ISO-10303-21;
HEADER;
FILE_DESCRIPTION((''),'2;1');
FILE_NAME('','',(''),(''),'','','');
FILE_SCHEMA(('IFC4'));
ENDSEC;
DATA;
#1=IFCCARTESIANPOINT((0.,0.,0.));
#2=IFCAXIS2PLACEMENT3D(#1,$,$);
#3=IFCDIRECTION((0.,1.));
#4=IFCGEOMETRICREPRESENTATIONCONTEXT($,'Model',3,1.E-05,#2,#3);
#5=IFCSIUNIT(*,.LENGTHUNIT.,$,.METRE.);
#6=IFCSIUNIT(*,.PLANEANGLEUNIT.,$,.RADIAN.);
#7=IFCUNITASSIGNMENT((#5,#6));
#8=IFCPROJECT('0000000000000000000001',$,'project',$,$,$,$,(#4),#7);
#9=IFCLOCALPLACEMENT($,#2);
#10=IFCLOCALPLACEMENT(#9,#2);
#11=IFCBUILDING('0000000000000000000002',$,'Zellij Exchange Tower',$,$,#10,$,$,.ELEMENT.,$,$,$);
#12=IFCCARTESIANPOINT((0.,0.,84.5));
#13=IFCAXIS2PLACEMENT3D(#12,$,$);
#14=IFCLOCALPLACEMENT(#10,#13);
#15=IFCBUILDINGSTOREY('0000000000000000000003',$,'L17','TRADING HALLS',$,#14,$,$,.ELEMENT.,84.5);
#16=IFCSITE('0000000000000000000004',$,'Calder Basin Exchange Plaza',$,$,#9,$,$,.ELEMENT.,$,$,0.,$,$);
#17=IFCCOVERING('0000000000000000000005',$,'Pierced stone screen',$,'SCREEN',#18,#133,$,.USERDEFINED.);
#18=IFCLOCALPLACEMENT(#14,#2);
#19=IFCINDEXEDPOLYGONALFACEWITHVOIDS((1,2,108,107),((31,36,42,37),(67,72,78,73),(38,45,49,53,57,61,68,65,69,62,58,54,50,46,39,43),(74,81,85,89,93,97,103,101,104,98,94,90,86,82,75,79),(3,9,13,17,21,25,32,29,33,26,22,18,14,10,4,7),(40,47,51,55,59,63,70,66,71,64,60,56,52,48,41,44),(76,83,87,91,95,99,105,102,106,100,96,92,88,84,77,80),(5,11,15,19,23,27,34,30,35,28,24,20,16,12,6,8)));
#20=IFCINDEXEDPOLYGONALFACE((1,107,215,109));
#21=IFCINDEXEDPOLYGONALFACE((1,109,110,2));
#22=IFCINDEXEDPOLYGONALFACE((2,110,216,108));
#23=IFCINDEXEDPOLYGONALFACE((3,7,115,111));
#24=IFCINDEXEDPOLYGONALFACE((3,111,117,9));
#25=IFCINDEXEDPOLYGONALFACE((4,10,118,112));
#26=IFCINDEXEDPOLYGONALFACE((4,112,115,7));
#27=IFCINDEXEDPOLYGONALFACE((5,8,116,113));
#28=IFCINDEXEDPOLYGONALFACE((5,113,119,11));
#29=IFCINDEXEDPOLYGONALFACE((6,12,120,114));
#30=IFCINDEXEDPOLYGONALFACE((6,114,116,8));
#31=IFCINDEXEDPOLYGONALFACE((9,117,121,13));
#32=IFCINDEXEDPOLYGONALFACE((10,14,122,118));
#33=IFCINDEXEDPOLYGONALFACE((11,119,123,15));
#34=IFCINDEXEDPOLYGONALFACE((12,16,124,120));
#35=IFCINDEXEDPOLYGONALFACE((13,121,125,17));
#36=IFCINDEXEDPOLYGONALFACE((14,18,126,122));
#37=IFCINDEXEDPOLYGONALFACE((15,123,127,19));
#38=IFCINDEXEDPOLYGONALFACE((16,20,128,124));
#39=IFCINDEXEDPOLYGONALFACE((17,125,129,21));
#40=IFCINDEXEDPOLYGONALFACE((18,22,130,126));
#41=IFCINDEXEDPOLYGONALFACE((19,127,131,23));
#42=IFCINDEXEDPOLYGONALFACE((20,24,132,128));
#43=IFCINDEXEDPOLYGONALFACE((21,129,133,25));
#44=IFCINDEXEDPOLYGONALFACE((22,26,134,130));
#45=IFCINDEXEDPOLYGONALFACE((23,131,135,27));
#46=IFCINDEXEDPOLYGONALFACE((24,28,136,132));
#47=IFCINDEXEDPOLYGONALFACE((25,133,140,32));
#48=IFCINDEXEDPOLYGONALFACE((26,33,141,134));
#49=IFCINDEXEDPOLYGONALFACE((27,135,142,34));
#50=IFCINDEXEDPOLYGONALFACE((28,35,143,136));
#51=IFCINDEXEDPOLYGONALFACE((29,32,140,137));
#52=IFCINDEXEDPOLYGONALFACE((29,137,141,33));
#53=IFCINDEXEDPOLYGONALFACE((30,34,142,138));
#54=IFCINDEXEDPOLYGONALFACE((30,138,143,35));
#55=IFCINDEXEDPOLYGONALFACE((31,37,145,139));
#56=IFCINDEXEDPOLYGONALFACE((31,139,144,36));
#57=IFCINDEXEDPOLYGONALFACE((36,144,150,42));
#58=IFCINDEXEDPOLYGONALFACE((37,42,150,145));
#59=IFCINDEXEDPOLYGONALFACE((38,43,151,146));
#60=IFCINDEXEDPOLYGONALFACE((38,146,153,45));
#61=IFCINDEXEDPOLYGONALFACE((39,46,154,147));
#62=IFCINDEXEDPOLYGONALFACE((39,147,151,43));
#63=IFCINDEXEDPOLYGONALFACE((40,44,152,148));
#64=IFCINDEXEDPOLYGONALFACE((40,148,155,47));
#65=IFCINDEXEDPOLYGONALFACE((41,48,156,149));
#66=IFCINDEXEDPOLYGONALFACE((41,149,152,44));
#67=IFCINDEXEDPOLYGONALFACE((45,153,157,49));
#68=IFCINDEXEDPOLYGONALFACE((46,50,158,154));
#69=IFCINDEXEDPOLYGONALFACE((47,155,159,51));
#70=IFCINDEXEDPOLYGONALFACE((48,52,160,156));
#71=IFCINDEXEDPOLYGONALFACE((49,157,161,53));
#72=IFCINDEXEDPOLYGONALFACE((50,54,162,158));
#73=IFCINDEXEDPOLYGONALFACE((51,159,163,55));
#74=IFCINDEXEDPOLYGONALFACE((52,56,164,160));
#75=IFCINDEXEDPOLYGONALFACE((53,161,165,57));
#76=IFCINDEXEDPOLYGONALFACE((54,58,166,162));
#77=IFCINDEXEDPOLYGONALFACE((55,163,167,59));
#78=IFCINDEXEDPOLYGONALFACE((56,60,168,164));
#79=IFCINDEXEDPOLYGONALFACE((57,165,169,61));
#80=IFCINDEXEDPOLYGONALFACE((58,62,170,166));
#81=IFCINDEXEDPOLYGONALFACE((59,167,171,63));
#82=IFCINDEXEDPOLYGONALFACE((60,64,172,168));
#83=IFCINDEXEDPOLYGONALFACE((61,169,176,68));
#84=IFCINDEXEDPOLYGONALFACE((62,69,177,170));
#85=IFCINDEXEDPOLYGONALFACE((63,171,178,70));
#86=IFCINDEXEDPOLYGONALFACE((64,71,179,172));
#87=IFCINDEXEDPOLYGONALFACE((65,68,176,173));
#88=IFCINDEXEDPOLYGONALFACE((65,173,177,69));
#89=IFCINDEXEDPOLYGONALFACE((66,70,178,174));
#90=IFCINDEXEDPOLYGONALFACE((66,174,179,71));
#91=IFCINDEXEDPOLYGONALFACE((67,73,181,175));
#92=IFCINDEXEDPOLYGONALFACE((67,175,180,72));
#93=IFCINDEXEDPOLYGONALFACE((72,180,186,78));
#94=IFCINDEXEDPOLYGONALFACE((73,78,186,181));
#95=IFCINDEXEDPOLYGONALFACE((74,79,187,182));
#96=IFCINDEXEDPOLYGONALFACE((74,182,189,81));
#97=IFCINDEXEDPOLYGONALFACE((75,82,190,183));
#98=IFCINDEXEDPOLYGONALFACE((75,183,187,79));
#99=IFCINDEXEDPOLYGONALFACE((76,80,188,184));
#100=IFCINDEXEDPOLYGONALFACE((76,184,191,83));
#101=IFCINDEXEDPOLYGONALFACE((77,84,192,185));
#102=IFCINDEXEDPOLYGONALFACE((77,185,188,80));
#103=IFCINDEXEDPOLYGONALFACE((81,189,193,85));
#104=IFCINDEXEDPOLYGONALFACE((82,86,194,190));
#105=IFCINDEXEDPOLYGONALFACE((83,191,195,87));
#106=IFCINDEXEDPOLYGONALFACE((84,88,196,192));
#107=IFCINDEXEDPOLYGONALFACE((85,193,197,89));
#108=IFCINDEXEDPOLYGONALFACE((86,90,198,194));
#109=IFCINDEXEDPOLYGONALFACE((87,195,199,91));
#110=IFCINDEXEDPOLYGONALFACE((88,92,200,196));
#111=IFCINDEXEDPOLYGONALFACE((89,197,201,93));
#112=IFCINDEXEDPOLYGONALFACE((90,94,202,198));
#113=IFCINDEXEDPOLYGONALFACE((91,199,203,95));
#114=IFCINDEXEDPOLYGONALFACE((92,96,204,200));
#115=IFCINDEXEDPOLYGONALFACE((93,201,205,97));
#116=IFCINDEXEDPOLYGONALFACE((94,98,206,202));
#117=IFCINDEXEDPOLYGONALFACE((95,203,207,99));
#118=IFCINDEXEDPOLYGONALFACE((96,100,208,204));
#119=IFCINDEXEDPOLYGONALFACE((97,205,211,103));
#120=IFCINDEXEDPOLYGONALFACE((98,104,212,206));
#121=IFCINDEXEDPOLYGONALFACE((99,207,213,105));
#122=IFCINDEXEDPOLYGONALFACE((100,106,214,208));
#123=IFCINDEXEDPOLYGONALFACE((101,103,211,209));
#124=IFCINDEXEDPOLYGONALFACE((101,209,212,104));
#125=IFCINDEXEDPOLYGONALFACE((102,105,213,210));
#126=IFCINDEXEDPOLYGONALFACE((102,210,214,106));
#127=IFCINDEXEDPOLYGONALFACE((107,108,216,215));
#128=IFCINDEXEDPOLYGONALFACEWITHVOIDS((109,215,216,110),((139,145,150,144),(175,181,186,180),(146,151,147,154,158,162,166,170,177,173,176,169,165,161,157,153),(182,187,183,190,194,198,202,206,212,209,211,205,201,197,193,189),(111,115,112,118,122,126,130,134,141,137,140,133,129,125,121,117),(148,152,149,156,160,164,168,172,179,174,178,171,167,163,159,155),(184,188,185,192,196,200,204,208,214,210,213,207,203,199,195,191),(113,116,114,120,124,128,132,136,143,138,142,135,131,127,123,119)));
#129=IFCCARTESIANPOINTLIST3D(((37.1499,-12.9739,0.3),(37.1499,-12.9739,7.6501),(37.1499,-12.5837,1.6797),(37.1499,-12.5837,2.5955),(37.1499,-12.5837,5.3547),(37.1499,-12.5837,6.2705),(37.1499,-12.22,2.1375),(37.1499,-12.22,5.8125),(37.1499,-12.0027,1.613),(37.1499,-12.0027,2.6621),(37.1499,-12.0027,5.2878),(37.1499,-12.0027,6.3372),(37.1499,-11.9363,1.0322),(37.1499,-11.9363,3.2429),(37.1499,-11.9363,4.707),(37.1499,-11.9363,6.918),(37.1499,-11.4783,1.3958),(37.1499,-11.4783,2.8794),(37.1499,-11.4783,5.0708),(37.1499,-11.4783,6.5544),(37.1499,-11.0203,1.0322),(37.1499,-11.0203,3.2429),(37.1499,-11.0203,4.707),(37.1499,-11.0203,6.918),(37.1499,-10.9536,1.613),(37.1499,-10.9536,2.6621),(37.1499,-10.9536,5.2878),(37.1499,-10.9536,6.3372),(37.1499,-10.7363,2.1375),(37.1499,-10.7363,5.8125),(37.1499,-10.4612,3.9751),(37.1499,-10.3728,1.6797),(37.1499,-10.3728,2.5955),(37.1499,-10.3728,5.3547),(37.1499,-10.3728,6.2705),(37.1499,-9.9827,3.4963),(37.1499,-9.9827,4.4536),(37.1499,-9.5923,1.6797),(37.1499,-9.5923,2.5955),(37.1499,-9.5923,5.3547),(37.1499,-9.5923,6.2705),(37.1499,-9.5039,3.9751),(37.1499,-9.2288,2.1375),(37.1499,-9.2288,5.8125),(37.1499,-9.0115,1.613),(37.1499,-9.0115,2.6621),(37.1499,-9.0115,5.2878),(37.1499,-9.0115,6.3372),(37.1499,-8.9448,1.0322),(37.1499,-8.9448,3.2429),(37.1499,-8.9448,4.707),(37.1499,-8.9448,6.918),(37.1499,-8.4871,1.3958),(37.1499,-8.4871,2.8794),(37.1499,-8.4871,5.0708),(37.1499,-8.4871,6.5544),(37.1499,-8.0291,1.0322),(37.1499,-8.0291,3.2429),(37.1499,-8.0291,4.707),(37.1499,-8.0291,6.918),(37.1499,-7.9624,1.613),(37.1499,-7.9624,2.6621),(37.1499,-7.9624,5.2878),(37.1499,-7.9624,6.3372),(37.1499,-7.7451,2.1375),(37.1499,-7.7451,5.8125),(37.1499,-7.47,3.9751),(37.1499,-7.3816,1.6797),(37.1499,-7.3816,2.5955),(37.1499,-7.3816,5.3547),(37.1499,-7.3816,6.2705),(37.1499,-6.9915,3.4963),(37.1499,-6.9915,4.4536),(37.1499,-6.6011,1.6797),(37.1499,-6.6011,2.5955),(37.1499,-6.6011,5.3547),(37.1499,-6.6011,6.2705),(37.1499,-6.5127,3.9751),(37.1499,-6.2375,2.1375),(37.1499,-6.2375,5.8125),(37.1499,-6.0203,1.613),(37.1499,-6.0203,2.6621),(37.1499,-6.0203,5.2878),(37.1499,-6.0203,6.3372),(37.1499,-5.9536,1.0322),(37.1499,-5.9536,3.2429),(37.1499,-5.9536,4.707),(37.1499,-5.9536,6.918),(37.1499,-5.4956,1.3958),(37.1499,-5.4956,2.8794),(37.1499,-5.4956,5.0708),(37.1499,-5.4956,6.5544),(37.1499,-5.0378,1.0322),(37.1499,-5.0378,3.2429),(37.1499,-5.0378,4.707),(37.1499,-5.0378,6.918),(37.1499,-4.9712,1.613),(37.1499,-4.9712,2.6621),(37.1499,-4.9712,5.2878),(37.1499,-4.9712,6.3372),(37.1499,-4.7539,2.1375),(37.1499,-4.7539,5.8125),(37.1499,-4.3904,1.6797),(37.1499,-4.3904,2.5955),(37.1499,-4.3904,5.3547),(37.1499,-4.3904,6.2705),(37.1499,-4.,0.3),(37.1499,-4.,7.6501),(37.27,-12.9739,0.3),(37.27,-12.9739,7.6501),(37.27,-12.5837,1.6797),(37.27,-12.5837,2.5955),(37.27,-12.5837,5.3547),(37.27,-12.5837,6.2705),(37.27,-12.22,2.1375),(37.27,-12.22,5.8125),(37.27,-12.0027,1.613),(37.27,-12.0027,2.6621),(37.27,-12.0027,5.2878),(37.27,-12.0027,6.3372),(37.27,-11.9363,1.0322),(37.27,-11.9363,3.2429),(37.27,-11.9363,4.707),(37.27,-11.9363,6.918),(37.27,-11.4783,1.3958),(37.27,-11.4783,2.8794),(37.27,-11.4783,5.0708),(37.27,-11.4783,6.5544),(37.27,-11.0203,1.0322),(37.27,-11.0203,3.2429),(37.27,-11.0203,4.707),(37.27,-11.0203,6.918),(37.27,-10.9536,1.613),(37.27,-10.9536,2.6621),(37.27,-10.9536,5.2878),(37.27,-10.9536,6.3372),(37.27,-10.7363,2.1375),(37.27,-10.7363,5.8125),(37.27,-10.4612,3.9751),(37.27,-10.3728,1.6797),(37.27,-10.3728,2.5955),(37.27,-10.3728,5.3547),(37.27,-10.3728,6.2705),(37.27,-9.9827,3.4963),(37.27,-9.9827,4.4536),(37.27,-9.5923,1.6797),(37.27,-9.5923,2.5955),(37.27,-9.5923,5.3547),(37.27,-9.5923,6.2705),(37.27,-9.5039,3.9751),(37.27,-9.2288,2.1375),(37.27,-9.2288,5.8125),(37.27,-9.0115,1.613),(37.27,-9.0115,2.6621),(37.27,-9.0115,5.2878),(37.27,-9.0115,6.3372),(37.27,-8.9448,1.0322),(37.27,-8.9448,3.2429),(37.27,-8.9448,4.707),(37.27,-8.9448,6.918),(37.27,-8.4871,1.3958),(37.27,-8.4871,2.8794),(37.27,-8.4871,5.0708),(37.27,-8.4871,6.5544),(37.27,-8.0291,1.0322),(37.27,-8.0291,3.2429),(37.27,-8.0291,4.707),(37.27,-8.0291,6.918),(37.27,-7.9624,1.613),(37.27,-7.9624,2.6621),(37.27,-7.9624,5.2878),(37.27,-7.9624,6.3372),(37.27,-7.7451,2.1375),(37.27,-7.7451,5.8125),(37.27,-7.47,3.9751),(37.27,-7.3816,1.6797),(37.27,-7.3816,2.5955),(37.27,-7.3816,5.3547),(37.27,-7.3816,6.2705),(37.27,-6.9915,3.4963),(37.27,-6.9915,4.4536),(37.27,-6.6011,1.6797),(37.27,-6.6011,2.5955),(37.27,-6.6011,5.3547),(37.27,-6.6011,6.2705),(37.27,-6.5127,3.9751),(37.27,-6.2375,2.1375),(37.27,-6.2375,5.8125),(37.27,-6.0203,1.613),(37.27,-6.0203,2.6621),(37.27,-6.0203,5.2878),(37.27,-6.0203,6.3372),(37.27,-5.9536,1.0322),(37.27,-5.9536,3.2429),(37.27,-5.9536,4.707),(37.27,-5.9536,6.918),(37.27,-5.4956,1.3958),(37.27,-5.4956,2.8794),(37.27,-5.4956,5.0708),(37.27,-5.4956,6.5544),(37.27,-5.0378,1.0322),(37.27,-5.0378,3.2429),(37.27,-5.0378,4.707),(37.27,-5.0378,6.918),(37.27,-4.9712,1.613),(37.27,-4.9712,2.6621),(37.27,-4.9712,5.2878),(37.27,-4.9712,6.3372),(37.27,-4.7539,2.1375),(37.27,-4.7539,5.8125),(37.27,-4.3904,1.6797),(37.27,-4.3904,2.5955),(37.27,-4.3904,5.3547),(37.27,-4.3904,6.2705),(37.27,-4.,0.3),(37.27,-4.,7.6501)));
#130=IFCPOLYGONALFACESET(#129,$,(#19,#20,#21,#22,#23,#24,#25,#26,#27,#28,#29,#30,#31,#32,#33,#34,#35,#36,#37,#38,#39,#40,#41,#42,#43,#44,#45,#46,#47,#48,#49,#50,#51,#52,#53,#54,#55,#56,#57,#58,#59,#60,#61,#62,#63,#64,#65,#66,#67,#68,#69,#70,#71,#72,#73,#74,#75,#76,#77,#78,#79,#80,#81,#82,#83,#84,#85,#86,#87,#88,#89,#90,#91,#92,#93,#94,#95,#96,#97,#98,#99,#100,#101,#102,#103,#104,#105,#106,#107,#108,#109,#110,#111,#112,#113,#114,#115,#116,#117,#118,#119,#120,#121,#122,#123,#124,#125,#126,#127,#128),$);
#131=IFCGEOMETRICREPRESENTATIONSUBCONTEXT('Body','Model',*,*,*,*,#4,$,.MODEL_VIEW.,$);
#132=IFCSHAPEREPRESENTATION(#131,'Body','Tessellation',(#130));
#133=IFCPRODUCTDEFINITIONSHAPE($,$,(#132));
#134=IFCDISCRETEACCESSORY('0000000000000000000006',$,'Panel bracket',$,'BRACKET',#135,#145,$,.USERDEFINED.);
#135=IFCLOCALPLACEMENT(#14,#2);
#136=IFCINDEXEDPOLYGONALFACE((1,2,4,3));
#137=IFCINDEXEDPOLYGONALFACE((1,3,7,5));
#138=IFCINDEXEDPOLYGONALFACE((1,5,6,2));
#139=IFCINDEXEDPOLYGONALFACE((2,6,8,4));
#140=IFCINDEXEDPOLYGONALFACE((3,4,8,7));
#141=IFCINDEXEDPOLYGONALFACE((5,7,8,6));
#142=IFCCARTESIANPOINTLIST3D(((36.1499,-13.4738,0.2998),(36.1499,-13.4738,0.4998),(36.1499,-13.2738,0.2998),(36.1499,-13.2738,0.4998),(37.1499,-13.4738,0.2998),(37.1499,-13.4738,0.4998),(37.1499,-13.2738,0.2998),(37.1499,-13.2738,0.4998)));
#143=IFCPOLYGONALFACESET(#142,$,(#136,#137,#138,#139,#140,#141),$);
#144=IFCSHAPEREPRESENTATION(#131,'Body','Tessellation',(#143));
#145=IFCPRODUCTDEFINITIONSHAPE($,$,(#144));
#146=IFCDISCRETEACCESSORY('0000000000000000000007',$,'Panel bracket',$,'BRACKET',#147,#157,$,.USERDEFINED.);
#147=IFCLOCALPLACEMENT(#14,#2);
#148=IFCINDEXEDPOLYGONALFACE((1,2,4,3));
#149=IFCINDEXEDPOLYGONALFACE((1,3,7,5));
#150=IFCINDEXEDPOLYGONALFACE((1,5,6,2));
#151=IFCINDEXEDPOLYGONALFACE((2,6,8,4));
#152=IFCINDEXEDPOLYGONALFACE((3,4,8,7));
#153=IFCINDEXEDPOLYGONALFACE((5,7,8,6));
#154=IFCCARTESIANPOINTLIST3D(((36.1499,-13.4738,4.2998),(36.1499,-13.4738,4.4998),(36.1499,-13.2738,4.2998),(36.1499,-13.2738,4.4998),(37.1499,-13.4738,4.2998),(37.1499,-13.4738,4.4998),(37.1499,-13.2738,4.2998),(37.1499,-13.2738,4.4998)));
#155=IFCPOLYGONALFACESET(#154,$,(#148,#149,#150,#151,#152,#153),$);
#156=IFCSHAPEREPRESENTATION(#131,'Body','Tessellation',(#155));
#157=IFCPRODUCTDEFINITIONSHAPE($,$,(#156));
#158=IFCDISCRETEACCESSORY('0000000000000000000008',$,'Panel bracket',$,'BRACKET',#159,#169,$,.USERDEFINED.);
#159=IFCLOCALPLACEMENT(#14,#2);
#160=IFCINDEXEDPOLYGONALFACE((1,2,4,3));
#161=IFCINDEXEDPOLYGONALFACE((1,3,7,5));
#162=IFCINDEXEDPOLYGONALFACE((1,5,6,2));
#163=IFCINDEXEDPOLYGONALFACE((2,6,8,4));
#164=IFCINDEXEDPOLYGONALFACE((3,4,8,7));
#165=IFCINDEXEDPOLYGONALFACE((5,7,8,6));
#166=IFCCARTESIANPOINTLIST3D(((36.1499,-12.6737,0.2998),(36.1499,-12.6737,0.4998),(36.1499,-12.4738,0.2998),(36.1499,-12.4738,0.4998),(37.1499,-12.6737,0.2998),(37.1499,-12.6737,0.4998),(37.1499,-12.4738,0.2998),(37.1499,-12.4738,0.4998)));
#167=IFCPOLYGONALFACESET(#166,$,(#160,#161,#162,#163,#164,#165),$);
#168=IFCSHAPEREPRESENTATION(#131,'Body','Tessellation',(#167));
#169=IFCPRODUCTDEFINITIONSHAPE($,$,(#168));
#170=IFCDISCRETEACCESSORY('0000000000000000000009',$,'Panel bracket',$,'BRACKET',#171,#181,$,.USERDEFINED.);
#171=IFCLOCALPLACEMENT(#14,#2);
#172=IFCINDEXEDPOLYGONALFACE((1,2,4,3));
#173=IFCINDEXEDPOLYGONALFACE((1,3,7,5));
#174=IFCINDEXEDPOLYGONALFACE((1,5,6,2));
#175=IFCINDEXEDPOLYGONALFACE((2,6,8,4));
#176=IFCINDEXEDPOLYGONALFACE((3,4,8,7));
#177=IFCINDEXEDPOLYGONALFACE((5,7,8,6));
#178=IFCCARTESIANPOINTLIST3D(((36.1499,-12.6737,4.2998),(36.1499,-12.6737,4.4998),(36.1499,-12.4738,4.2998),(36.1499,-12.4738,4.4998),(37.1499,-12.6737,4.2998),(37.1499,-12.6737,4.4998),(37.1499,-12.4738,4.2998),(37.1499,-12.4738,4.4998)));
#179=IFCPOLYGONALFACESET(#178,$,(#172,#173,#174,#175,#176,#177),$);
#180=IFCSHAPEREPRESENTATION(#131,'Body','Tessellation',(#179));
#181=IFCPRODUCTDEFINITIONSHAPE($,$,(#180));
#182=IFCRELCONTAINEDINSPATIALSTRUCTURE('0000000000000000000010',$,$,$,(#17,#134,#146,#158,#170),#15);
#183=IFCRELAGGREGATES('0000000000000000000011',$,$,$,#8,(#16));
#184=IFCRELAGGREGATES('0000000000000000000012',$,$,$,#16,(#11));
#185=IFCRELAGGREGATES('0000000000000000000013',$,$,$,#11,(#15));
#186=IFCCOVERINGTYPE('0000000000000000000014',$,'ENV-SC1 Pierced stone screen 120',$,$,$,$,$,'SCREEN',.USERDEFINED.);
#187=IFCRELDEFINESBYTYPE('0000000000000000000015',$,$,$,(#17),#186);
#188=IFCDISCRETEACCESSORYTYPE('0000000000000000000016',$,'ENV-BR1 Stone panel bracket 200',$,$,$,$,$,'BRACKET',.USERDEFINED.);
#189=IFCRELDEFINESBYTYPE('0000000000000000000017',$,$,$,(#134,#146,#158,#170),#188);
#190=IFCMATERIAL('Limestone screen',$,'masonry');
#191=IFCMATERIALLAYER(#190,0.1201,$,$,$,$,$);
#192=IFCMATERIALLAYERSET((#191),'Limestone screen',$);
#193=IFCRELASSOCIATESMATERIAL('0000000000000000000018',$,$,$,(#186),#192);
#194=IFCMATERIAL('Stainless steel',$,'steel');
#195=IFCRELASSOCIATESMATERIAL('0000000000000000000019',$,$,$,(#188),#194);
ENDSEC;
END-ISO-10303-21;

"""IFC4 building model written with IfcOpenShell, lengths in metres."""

from ifc_helpers import new_model, si_unit, direction, frame, origin, origin_2d, place, context, subcontext, project, spatial, polyline, rectangle, outline, extrude, material, layer, layer_set, type_object, element, save


model = new_model("IFC4")

# Units and contexts
model_context = context("Model", 3, precision=1e-05, world=origin(), true_north=direction((0.0, 1.0)))
body_context = subcontext(model_context, "Body", "Model", "MODEL_VIEW")
ifc_project = project(units=[si_unit("LENGTHUNIT", "METRE"), si_unit("PLANEANGLEUNIT", "RADIAN")], contexts=[model_context])

# Site, building, storey
site_placement = place(None, origin())
site = spatial("IfcSite", under=ifc_project, at=site_placement, Name="Calder Basin Exchange Plaza", CompositionType="ELEMENT", RefElevation=0.0)
building_placement = place(site_placement, origin())
building = spatial("IfcBuilding", under=site, at=building_placement, Name="Zellij Exchange Tower", CompositionType="ELEMENT")
storey_placement = place(building_placement, frame((0.0, 0.0, 84.5)))
storey = spatial("IfcBuildingStorey", under=building, at=storey_placement, Name="L17", Description="TRADING HALLS", CompositionType="ELEMENT", Elevation=84.5)

# Shared definitions
ifc_material_1 = material(Name="Stainless steel", Category="steel")

# Covering
ifc_material_2 = material(Name="Limestone screen", Category="masonry")
ifc_layer_1 = layer(ifc_material_2, 0.1201)
ifc_layer_set_1 = layer_set([ifc_layer_1], Name="Limestone screen")
covering_type = type_object("IfcCoveringType", Name="ENV-SC1 Pierced stone screen 120", ElementType="SCREEN", PredefinedType="USERDEFINED", material=ifc_layer_set_1)
covering_placement = place(storey_placement, frame((37.21, -12.9739, 0.3), z_axis=(0.0, 0.0, 1.0), x_axis=(0.0, 1.0, 0.0)))
element("IfcCovering", 1, at=covering_placement, inside=storey, type_object=covering_type, Name="Pierced stone screen", ObjectType="SCREEN", PredefinedType="USERDEFINED", context=body_context, shape_type="SweptSolid", body=[
    extrude(outline(polyline([(0.0, 0.0), (8.9739, 0.0), (8.9739, 7.3501), (0.0, 7.3501), (0.0, 0.0)]), holes=[polyline([(2.6011, 2.2954), (2.0203, 2.3621), (1.9536, 2.9429), (1.4956, 2.5793), (1.0376, 2.9429), (0.9712, 2.3621), (0.3901, 2.2954), (0.7539, 1.8374), (0.3901, 1.3796), (0.9712, 1.313), (1.0376, 0.7322), (1.4956, 1.0957), (1.9536, 0.7322), (2.0203, 1.313), (2.6011, 1.3796), (2.2375, 1.8374), (2.6011, 2.2954)]), polyline([(2.6011, 5.9705), (2.0203, 6.0371), (1.9536, 6.6179), (1.4956, 6.2544), (1.0376, 6.6179), (0.9712, 6.0371), (0.3901, 5.9705), (0.7539, 5.5125), (0.3901, 5.0547), (0.9712, 4.9878), (1.0376, 4.407), (1.4956, 4.7708), (1.9536, 4.407), (2.0203, 4.9878), (2.6011, 5.0547), (2.2375, 5.5125), (2.6011, 5.9705)]), polyline([(5.5923, 2.2954), (5.0115, 2.3621), (4.9448, 2.9429), (4.4868, 2.5793), (4.0291, 2.9429), (3.9624, 2.3621), (3.3816, 2.2954), (3.7451, 1.8374), (3.3816, 1.3796), (3.9624, 1.313), (4.0291, 0.7322), (4.4868, 1.0957), (4.9448, 0.7322), (5.0115, 1.313), (5.5923, 1.3796), (5.2288, 1.8374), (5.5923, 2.2954)]), polyline([(5.5923, 5.9705), (5.0115, 6.0371), (4.9448, 6.6179), (4.4868, 6.2544), (4.0291, 6.6179), (3.9624, 6.0371), (3.3816, 5.9705), (3.7451, 5.5125), (3.3816, 5.0547), (3.9624, 4.9878), (4.0291, 4.407), (4.4868, 4.7708), (4.9448, 4.407), (5.0115, 4.9878), (5.5923, 5.0547), (5.2288, 5.5125), (5.5923, 5.9705)]), polyline([(8.5835, 2.2954), (8.0027, 2.3621), (7.936, 2.9429), (7.4783, 2.5793), (7.0203, 2.9429), (6.9536, 2.3621), (6.3728, 2.2954), (6.7363, 1.8374), (6.3728, 1.3796), (6.9536, 1.313), (7.0203, 0.7322), (7.4783, 1.0957), (7.936, 0.7322), (8.0027, 1.313), (8.5835, 1.3796), (8.22, 1.8374), (8.5835, 2.2954)]), polyline([(8.5835, 5.9705), (8.0027, 6.0371), (7.936, 6.6179), (7.4783, 6.2544), (7.0203, 6.6179), (6.9536, 6.0371), (6.3728, 5.9705), (6.7363, 5.5125), (6.3728, 5.0547), (6.9536, 4.9878), (7.0203, 4.407), (7.4783, 4.7708), (7.936, 4.407), (8.0027, 4.9878), (8.5835, 5.0547), (8.22, 5.5125), (8.5835, 5.9705)]), polyline([(3.47, 3.675), (2.9912, 4.1536), (2.5127, 3.675), (2.9912, 3.1963), (3.47, 3.675)]), polyline([(6.4612, 3.675), (5.9824, 4.1536), (5.5039, 3.675), (5.9824, 3.1963), (6.4612, 3.675)])]), frame((0.0, 0.0601, 0.0), z_axis=(0.0, -1.0, 0.0), x_axis=(1.0, 0.0, 0.0)), (0.0, 0.0, 1.0), 0.1201),
])

# Discrete accessories
discrete_accessory_type = type_object("IfcDiscreteAccessoryType", Name="ENV-BR1 Stone panel bracket 200", ElementType="BRACKET", PredefinedType="USERDEFINED", material=ifc_material_1)
for number, where, z_axis, x_axis, name in (
    (2, (36.6499, -13.3738, 0.2998), (0.0, 0.0, 1.0), (0.0, 1.0, 0.0), "Panel bracket"),
    (3, (36.6499, -13.3738, 4.2998), (0.0, 0.0, 1.0), (0.0, 1.0, 0.0), "Panel bracket"),
    (4, (36.6499, -12.5737, 0.2998), (0.0, 0.0, 1.0), (0.0, 1.0, 0.0), "Panel bracket"),
    (5, (36.6499, -12.5737, 4.2998), (0.0, 0.0, 1.0), (0.0, 1.0, 0.0), "Panel bracket"),
):
    element("IfcDiscreteAccessory", number, at=place(storey_placement, frame(where, z_axis=z_axis, x_axis=x_axis)), inside=storey, type_object=discrete_accessory_type, Name=name, ObjectType="BRACKET", PredefinedType="USERDEFINED", context=body_context, shape_type="SweptSolid", body=[
        extrude(rectangle(XDim=0.2, YDim=1.0, at=origin_2d()), origin(), (0.0, 0.0, 1.0), 0.2),
    ])

save(model, "model.ifc")
